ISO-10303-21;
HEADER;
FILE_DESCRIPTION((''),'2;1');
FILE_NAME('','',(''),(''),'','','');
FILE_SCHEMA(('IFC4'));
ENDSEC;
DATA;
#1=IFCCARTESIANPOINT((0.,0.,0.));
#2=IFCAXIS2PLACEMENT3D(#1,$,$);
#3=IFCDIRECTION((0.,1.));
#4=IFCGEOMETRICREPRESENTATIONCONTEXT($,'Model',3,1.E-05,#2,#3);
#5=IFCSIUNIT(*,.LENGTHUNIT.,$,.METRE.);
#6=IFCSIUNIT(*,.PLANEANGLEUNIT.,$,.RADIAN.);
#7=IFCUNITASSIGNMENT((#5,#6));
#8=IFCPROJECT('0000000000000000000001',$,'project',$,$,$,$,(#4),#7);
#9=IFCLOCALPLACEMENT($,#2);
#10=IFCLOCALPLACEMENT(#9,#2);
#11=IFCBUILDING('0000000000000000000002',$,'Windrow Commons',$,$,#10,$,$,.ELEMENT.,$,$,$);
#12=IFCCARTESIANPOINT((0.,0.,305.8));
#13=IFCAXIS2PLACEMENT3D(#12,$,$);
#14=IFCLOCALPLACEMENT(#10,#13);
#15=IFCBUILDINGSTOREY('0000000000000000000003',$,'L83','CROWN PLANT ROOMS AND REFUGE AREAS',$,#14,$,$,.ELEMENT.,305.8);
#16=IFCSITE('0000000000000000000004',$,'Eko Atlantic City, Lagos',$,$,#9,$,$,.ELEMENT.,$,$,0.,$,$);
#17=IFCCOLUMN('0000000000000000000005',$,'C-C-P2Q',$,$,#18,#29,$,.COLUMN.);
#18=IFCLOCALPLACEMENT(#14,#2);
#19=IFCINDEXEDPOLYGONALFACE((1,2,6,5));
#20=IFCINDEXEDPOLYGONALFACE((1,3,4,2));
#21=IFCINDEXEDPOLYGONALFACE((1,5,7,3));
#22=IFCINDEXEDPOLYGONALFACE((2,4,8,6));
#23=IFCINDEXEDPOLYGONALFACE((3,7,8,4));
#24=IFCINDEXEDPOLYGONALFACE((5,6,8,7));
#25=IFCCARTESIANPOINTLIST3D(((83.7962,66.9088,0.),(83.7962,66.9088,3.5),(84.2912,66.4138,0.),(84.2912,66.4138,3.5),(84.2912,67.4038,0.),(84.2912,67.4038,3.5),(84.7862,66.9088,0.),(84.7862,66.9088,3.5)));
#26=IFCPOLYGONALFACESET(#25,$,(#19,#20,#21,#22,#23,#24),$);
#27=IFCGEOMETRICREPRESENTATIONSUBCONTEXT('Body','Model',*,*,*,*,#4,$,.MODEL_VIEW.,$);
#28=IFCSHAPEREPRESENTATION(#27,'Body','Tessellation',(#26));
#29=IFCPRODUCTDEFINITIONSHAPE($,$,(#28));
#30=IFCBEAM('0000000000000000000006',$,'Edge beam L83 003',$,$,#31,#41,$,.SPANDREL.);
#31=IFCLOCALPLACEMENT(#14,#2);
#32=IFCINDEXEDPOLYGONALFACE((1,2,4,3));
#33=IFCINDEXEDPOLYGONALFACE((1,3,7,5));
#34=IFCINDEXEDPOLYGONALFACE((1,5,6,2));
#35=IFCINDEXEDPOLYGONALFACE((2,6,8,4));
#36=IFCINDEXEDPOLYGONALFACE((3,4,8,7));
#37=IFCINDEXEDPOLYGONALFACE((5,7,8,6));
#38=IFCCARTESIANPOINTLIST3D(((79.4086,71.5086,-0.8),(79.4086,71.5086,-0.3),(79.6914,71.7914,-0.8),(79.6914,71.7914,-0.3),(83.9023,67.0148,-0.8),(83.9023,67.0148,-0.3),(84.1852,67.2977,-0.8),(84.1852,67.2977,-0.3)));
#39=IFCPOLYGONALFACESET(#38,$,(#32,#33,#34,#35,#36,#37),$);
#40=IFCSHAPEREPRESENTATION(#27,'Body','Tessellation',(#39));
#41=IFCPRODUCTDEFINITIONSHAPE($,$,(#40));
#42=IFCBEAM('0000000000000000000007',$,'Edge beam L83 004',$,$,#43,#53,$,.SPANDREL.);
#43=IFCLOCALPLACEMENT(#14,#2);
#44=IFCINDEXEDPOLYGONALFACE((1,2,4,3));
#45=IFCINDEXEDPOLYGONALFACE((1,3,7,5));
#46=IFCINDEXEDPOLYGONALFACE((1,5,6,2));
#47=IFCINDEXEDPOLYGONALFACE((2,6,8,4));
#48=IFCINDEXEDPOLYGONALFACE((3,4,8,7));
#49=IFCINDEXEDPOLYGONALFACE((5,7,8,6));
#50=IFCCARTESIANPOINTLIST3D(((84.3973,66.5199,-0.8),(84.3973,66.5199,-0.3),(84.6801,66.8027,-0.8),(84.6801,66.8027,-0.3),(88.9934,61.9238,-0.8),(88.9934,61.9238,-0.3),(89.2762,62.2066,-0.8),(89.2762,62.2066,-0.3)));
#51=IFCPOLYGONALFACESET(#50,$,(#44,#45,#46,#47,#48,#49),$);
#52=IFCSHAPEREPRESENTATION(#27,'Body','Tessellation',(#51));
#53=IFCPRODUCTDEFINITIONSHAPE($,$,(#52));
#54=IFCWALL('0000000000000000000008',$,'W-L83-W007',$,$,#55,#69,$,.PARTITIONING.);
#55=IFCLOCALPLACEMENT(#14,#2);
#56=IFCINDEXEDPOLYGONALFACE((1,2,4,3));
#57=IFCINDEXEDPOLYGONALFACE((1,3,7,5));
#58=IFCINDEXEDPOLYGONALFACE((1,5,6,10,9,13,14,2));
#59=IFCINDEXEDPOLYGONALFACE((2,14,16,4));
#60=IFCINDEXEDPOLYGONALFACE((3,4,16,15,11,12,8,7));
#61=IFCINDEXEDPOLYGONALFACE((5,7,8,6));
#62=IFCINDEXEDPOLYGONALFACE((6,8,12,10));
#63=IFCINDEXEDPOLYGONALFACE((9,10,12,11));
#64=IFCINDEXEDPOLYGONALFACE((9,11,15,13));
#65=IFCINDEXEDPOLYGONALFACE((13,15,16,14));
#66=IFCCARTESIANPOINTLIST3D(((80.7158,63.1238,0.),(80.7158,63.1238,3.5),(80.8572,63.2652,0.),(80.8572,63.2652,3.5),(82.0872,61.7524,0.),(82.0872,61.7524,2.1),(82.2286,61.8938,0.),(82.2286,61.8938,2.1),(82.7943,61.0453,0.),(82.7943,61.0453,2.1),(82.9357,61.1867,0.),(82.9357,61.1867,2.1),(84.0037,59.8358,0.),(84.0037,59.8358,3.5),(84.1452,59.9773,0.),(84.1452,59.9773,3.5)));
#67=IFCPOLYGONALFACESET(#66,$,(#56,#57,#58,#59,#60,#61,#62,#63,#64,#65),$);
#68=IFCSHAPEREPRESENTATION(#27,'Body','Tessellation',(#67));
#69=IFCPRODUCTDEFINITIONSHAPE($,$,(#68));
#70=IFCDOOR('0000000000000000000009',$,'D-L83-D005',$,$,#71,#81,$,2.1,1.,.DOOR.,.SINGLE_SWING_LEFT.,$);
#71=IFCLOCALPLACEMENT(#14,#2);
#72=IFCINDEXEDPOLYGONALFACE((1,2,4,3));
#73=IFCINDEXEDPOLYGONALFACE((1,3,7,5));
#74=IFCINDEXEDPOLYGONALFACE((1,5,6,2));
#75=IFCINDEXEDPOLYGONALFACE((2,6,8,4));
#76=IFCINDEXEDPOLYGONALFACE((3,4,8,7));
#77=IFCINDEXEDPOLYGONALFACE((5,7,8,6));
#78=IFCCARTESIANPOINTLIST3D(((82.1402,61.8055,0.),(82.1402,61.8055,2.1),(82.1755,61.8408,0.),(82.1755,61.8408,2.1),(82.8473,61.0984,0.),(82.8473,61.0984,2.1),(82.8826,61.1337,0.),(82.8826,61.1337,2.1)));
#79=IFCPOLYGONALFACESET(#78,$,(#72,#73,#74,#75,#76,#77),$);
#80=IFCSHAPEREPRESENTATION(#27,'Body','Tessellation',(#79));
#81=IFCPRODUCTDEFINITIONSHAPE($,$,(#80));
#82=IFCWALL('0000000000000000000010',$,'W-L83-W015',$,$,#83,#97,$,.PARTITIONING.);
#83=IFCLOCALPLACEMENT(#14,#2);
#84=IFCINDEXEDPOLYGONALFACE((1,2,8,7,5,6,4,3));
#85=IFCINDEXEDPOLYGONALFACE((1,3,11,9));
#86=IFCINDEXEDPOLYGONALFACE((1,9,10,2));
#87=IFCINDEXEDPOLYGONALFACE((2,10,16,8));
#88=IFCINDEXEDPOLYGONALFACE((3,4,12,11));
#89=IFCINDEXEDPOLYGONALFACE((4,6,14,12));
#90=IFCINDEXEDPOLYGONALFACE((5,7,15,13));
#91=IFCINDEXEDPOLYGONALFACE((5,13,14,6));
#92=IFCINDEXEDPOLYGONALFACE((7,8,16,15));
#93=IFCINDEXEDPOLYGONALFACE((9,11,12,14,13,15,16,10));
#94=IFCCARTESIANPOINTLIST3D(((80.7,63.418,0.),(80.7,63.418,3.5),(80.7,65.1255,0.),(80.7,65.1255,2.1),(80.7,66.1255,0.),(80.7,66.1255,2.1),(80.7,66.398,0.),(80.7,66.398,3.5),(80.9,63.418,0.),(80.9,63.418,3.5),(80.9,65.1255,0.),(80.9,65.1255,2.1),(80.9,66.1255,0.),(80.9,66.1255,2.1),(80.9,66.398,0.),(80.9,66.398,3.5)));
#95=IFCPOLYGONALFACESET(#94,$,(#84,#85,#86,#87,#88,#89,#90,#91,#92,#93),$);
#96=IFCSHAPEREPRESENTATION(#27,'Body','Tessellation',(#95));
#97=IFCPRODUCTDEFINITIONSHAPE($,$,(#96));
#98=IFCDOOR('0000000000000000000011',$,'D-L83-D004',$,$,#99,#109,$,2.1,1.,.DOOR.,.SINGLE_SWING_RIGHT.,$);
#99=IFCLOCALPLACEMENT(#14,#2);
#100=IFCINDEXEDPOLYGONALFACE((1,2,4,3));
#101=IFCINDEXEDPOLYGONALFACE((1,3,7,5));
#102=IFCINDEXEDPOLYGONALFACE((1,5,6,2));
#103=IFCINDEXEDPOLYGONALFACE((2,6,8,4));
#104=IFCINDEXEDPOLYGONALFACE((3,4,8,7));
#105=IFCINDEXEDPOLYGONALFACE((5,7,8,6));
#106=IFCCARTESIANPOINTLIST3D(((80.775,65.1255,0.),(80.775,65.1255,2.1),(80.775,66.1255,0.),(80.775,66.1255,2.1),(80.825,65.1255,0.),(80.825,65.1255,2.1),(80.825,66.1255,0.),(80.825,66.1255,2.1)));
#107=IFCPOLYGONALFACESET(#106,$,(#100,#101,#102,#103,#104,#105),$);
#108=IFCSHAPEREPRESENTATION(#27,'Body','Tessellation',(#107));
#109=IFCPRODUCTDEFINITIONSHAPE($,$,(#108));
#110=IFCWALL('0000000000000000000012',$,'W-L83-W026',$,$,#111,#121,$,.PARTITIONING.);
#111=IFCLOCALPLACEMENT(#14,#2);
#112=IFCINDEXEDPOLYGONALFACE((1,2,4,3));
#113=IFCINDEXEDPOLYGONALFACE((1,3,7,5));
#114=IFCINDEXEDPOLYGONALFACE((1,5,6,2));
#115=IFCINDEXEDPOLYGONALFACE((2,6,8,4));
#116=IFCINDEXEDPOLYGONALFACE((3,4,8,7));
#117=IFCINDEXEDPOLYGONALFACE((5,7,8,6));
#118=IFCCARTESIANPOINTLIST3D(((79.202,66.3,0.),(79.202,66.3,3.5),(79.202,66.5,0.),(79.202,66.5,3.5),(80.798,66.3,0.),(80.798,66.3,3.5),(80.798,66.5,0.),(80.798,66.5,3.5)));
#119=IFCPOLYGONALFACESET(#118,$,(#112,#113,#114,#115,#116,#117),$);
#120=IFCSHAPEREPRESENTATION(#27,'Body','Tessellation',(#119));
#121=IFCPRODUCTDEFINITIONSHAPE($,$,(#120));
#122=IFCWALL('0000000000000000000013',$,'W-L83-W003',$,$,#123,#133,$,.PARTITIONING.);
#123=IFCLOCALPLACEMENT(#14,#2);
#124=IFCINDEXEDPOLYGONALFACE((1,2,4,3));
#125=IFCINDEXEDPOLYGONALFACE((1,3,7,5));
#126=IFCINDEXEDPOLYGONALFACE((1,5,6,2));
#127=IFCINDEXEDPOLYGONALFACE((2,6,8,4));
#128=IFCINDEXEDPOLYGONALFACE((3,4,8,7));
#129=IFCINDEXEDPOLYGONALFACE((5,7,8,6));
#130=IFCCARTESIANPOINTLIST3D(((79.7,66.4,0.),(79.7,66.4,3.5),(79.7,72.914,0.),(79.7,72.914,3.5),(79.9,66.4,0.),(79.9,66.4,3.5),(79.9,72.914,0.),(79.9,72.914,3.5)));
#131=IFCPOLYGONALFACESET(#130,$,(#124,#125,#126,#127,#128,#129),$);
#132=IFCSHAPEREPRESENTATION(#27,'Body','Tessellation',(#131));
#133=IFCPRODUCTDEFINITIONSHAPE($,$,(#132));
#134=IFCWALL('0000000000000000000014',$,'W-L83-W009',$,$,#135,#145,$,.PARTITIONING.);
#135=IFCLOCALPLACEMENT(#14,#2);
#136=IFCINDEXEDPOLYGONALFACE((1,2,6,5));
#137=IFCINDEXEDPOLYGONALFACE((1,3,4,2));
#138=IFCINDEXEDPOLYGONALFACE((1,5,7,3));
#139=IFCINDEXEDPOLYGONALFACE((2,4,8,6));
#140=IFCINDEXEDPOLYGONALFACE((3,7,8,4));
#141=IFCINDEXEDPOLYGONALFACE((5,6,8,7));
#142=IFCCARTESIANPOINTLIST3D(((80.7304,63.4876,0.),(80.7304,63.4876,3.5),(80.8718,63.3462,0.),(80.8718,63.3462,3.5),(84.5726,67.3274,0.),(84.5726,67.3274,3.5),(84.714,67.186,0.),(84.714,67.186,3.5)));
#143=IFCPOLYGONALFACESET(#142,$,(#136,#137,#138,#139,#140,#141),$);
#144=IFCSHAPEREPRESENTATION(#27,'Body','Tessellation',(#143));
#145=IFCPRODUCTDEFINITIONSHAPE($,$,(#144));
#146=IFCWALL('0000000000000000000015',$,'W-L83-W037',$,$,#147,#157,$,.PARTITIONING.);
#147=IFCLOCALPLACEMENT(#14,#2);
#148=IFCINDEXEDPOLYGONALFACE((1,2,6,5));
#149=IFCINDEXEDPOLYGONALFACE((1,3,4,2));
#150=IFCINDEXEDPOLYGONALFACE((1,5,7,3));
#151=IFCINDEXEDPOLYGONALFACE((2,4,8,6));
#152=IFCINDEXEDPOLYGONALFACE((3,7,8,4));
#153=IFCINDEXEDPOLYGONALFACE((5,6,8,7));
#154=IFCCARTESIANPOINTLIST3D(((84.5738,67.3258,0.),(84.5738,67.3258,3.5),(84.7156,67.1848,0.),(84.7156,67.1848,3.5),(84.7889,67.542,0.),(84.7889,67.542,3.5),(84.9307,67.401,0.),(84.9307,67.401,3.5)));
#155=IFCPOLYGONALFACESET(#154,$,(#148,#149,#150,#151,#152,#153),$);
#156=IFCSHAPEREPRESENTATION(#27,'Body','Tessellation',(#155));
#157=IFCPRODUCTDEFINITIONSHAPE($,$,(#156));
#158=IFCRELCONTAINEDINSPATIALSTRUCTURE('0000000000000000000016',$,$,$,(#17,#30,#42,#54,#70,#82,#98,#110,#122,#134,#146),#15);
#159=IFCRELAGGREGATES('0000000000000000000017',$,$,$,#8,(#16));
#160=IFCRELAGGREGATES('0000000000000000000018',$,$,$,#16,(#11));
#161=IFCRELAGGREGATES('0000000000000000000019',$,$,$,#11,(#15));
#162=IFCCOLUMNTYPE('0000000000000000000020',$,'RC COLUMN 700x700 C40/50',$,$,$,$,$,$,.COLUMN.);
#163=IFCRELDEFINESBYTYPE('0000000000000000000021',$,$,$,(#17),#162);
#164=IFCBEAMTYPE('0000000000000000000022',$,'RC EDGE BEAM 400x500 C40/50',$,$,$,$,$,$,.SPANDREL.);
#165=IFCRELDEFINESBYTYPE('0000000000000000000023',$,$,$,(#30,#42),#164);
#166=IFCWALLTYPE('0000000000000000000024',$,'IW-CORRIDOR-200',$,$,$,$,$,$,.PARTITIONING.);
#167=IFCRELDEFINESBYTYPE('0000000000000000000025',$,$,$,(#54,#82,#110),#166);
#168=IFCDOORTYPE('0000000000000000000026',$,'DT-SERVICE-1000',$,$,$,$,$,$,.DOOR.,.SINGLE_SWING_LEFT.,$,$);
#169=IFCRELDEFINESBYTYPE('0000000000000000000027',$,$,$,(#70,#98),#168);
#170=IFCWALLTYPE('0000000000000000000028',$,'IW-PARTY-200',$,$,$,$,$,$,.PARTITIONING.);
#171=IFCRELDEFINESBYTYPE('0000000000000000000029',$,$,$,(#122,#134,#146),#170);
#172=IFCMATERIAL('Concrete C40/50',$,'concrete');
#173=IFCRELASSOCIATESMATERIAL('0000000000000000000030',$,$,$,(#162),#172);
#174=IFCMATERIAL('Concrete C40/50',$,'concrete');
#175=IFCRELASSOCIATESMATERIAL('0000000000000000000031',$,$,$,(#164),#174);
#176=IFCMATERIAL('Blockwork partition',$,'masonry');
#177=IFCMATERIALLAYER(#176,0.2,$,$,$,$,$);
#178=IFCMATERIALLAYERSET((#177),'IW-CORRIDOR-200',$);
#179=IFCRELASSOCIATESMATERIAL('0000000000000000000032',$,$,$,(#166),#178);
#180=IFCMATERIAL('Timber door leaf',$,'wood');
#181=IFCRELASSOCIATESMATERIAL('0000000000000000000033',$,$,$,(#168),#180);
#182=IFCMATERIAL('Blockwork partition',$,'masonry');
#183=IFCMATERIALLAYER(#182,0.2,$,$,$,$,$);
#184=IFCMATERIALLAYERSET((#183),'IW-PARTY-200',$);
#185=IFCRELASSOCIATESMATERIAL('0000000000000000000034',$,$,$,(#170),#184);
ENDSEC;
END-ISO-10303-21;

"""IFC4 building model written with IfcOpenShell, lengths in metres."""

from ifc_helpers import new_model, si_unit, direction, frame, frame_2d, origin, origin_2d, place, context, subcontext, project, spatial, polyline, rectangle, outline, extrude, material, layer, layer_set, material_profile, profile_set, type_object, element, fill, save


model = new_model("IFC4")

# Units and contexts
model_context = context("Model", 3, precision=1e-05, world=origin(), true_north=direction((0.0, 1.0)))
body_context = subcontext(model_context, "Body", "Model", "MODEL_VIEW")
ifc_project = project(units=[si_unit("LENGTHUNIT", "METRE"), si_unit("PLANEANGLEUNIT", "RADIAN")], contexts=[model_context])

# Site, building, storey
site_placement = place(None, origin())
site = spatial("IfcSite", under=ifc_project, at=site_placement, Name="Eko Atlantic City, Lagos", CompositionType="ELEMENT", RefElevation=0.0)
building_placement = place(site_placement, origin())
building = spatial("IfcBuilding", under=site, at=building_placement, Name="Windrow Commons", CompositionType="ELEMENT")
storey_placement = place(building_placement, frame((0.0, 0.0, 305.8)))
storey = spatial("IfcBuildingStorey", under=building, at=storey_placement, Name="L83", Description="CROWN PLANT ROOMS AND REFUGE AREAS", CompositionType="ELEMENT", Elevation=305.8)

# Column
ifc_material_1 = material(Name="Concrete C40/50", Category="concrete")
ifc_material_profile_1 = material_profile(ifc_material_1, rectangle(XDim=0.7, YDim=0.7, at=origin_2d()))
ifc_profile_set_1 = profile_set([ifc_material_profile_1], Name="Concrete C40/50")
column_type = type_object("IfcColumnType", Name="RC COLUMN 700x700 C40/50", PredefinedType="COLUMN", material=ifc_profile_set_1)
column_placement = place(storey_placement, frame((84.2912, 66.9088, 0.0), z_axis=(0.0, 0.0, 1.0), x_axis=(0.707107, -0.707107, 0.0)))
element("IfcColumn", 1, at=column_placement, inside=storey, type_object=column_type, Name="C-C-P2Q", PredefinedType="COLUMN", context=body_context, shape_type="SweptSolid", body=[
    extrude(rectangle(XDim=0.7, YDim=0.7, at=origin_2d()), origin(), (0.0, 0.0, 1.0), 3.5),
])

# Beams
ifc_material_2 = material(Name="Concrete C40/50", Category="concrete")
ifc_material_profile_2 = material_profile(ifc_material_2, rectangle(XDim=0.4, YDim=0.5, at=origin_2d()))
ifc_profile_set_2 = profile_set([ifc_material_profile_2], Name="Concrete C40/50")
beam_type = type_object("IfcBeamType", Name="RC EDGE BEAM 400x500 C40/50", PredefinedType="SPANDREL", material=ifc_profile_set_2)
beam_1_placement = place(storey_placement, frame((79.55, 71.65, -0.55), z_axis=(0.707107, -0.707107, 0.0), x_axis=(0.707107, 0.707107, 0.0)))
element("IfcBeam", 2, at=beam_1_placement, inside=storey, type_object=beam_type, Name="Edge beam L83 003", PredefinedType="SPANDREL", context=body_context, shape_type="SweptSolid", body=[
    extrude(rectangle(XDim=0.4, YDim=0.5, at=origin_2d()), origin(), (0.0, 0.0, 1.0), 6.3551),
])
beam_2_placement = place(storey_placement, frame((84.5387, 66.6613, -0.55), z_axis=(0.707107, -0.707107, 0.0), x_axis=(0.707107, 0.707107, 0.0)))
element("IfcBeam", 3, at=beam_2_placement, inside=storey, type_object=beam_type, Name="Edge beam L83 004", PredefinedType="SPANDREL", context=body_context, shape_type="SweptSolid", body=[
    extrude(rectangle(XDim=0.4, YDim=0.5, at=origin_2d()), origin(), (0.0, 0.0, 1.0), 6.4999),
])

# Walls, openings, doors
ifc_material_3 = material(Name="Blockwork partition", Category="masonry")
ifc_layer_1 = layer(ifc_material_3, 0.2)
ifc_layer_set_1 = layer_set([ifc_layer_1], Name="IW-CORRIDOR-200")
wall_type_1 = type_object("IfcWallType", Name="IW-CORRIDOR-200", PredefinedType="PARTITIONING", material=ifc_layer_set_1)
wall_1_placement = place(storey_placement, frame((80.7865, 63.1945, 0.0), z_axis=(0.0, 0.0, 1.0), x_axis=(0.707107, -0.707107, 0.0)))
wall_1 = element("IfcWall", 4, at=wall_1_placement, inside=storey, type_object=wall_type_1, Name="W-L83-W007", PredefinedType="PARTITIONING", context=body_context, shape_type="SweptSolid", body=[
    extrude(rectangle(XDim=4.6499, YDim=0.2, at=frame_2d((2.3249, 0.0))), origin(), (0.0, 0.0, 1.0), 3.5),
])
opening_1_placement = place(wall_1_placement, frame((1.9394, 0.0, 0.0)))
opening_1 = element("IfcOpeningElement", 5, at=opening_1_placement, cuts=wall_1, PredefinedType="OPENING", context=body_context, shape_type="SweptSolid", body=[
    extrude(rectangle(XDim=1.0, YDim=2.1, at=frame_2d((0.5, 1.05))), frame((0.0, 0.11, 0.0), z_axis=(0.0, -1.0, 0.0), x_axis=(1.0, 0.0, 0.0)), (0.0, 0.0, 1.0), 0.22),
])
ifc_material_4 = material(Name="Timber door leaf", Category="wood")
door_type = type_object("IfcDoorType", Name="DT-SERVICE-1000", OperationType="SINGLE_SWING_LEFT", PredefinedType="DOOR", material=ifc_material_4)
door_1_placement = place(opening_1_placement, origin())
door_1 = element("IfcDoor", 6, at=door_1_placement, inside=storey, type_object=door_type, Name="D-L83-D005", OperationType="SINGLE_SWING_LEFT", OverallHeight=2.1, OverallWidth=1.0, PredefinedType="DOOR", context=body_context, shape_type="SweptSolid", body=[
    extrude(rectangle(XDim=1.0, YDim=2.1, at=frame_2d((0.5, 1.05))), frame((0.0, 0.025, 0.0), z_axis=(0.0, -1.0, 0.0), x_axis=(1.0, 0.0, 0.0)), (0.0, 0.0, 1.0), 0.05),
])
fill(opening_1, door_1)
wall_2_placement = place(storey_placement, frame((80.8, 63.418, 0.0), z_axis=(0.0, 0.0, 1.0), x_axis=(0.0, 1.0, 0.0)))
wall_2 = element("IfcWall", 7, at=wall_2_placement, inside=storey, type_object=wall_type_1, Name="W-L83-W015", PredefinedType="PARTITIONING", context=body_context, shape_type="SweptSolid", body=[
    extrude(rectangle(XDim=2.98, YDim=0.2, at=frame_2d((1.49, 0.0))), origin(), (0.0, 0.0, 1.0), 3.5),
])
opening_2_placement = place(wall_2_placement, frame((1.7075, 0.0, 0.0)))
opening_2 = element("IfcOpeningElement", 8, at=opening_2_placement, cuts=wall_2, PredefinedType="OPENING", context=body_context, shape_type="SweptSolid", body=[
    extrude(rectangle(XDim=1.0, YDim=2.1, at=frame_2d((0.5, 1.05))), frame((0.0, 0.11, 0.0), z_axis=(0.0, -1.0, 0.0), x_axis=(1.0, 0.0, 0.0)), (0.0, 0.0, 1.0), 0.22),
])
door_2_placement = place(opening_2_placement, origin())
door_2 = element("IfcDoor", 9, at=door_2_placement, inside=storey, type_object=door_type, Name="D-L83-D004", OperationType="SINGLE_SWING_RIGHT", OverallHeight=2.1, OverallWidth=1.0, PredefinedType="DOOR", context=body_context, shape_type="SweptSolid", body=[
    extrude(rectangle(XDim=1.0, YDim=2.1, at=frame_2d((0.5, 1.05))), frame((0.0, 0.025, 0.0), z_axis=(0.0, -1.0, 0.0), x_axis=(1.0, 0.0, 0.0)), (0.0, 0.0, 1.0), 0.05),
])
fill(opening_2, door_2)

# Walls
wall_3_placement = place(storey_placement, frame((79.202, 66.4, 0.0), z_axis=(0.0, 0.0, 1.0), x_axis=(1.0, 0.0, 0.0)))
element("IfcWall", 10, at=wall_3_placement, inside=storey, type_object=wall_type_1, Name="W-L83-W026", PredefinedType="PARTITIONING", context=body_context, shape_type="SweptSolid", body=[
    extrude(rectangle(XDim=1.596, YDim=0.2, at=frame_2d((0.798, 0.0))), origin(), (0.0, 0.0, 1.0), 3.5),
])
ifc_material_5 = material(Name="Blockwork partition", Category="masonry")
ifc_layer_2 = layer(ifc_material_5, 0.2)
ifc_layer_set_2 = layer_set([ifc_layer_2], Name="IW-PARTY-200")
wall_type_2 = type_object("IfcWallType", Name="IW-PARTY-200", PredefinedType="PARTITIONING", material=ifc_layer_set_2)
wall_4_placement = place(storey_placement, frame((79.8, 66.4, 0.0), z_axis=(0.0, 0.0, 1.0), x_axis=(0.0, 1.0, 0.0)))
element("IfcWall", 11, at=wall_4_placement, inside=storey, type_object=wall_type_2, Name="W-L83-W003", PredefinedType="PARTITIONING", context=body_context, shape_type="SweptSolid", body=[
    extrude(rectangle(XDim=6.514, YDim=0.2, at=frame_2d((3.257, 0.0))), origin(), (0.0, 0.0, 1.0), 3.5),
])
wall_5_placement = place(storey_placement, frame((80.8011, 63.4169, 0.0), z_axis=(0.0, 0.0, 1.0), x_axis=(0.707328, 0.706886, 0.0)))
element("IfcWall", 12, at=wall_5_placement, inside=storey, type_object=wall_type_2, Name="W-L83-W009", PredefinedType="PARTITIONING", context=body_context, shape_type="SweptSolid", body=[
    extrude(rectangle(XDim=5.432, YDim=0.2, at=frame_2d((2.716, 0.0))), origin(), (0.0, 0.0, 1.0), 3.5),
])
wall_6_placement = place(storey_placement, frame((84.6447, 67.2553, 0.0), z_axis=(0.0, 0.0, 1.0), x_axis=(0.705302, 0.708907, 0.0)))
element("IfcWall", 13, at=wall_6_placement, inside=storey, type_object=wall_type_2, Name="W-L83-W037", PredefinedType="PARTITIONING", context=body_context, shape_type="SweptSolid", body=[
    extrude(outline(polyline([(0.0, -0.1), (0.305, -0.1), (0.305, 0.1), (0.0, 0.1), (0.0, -0.1)])), origin(), (0.0, 0.0, 1.0), 3.5),
])

save(model, "model.ifc")
